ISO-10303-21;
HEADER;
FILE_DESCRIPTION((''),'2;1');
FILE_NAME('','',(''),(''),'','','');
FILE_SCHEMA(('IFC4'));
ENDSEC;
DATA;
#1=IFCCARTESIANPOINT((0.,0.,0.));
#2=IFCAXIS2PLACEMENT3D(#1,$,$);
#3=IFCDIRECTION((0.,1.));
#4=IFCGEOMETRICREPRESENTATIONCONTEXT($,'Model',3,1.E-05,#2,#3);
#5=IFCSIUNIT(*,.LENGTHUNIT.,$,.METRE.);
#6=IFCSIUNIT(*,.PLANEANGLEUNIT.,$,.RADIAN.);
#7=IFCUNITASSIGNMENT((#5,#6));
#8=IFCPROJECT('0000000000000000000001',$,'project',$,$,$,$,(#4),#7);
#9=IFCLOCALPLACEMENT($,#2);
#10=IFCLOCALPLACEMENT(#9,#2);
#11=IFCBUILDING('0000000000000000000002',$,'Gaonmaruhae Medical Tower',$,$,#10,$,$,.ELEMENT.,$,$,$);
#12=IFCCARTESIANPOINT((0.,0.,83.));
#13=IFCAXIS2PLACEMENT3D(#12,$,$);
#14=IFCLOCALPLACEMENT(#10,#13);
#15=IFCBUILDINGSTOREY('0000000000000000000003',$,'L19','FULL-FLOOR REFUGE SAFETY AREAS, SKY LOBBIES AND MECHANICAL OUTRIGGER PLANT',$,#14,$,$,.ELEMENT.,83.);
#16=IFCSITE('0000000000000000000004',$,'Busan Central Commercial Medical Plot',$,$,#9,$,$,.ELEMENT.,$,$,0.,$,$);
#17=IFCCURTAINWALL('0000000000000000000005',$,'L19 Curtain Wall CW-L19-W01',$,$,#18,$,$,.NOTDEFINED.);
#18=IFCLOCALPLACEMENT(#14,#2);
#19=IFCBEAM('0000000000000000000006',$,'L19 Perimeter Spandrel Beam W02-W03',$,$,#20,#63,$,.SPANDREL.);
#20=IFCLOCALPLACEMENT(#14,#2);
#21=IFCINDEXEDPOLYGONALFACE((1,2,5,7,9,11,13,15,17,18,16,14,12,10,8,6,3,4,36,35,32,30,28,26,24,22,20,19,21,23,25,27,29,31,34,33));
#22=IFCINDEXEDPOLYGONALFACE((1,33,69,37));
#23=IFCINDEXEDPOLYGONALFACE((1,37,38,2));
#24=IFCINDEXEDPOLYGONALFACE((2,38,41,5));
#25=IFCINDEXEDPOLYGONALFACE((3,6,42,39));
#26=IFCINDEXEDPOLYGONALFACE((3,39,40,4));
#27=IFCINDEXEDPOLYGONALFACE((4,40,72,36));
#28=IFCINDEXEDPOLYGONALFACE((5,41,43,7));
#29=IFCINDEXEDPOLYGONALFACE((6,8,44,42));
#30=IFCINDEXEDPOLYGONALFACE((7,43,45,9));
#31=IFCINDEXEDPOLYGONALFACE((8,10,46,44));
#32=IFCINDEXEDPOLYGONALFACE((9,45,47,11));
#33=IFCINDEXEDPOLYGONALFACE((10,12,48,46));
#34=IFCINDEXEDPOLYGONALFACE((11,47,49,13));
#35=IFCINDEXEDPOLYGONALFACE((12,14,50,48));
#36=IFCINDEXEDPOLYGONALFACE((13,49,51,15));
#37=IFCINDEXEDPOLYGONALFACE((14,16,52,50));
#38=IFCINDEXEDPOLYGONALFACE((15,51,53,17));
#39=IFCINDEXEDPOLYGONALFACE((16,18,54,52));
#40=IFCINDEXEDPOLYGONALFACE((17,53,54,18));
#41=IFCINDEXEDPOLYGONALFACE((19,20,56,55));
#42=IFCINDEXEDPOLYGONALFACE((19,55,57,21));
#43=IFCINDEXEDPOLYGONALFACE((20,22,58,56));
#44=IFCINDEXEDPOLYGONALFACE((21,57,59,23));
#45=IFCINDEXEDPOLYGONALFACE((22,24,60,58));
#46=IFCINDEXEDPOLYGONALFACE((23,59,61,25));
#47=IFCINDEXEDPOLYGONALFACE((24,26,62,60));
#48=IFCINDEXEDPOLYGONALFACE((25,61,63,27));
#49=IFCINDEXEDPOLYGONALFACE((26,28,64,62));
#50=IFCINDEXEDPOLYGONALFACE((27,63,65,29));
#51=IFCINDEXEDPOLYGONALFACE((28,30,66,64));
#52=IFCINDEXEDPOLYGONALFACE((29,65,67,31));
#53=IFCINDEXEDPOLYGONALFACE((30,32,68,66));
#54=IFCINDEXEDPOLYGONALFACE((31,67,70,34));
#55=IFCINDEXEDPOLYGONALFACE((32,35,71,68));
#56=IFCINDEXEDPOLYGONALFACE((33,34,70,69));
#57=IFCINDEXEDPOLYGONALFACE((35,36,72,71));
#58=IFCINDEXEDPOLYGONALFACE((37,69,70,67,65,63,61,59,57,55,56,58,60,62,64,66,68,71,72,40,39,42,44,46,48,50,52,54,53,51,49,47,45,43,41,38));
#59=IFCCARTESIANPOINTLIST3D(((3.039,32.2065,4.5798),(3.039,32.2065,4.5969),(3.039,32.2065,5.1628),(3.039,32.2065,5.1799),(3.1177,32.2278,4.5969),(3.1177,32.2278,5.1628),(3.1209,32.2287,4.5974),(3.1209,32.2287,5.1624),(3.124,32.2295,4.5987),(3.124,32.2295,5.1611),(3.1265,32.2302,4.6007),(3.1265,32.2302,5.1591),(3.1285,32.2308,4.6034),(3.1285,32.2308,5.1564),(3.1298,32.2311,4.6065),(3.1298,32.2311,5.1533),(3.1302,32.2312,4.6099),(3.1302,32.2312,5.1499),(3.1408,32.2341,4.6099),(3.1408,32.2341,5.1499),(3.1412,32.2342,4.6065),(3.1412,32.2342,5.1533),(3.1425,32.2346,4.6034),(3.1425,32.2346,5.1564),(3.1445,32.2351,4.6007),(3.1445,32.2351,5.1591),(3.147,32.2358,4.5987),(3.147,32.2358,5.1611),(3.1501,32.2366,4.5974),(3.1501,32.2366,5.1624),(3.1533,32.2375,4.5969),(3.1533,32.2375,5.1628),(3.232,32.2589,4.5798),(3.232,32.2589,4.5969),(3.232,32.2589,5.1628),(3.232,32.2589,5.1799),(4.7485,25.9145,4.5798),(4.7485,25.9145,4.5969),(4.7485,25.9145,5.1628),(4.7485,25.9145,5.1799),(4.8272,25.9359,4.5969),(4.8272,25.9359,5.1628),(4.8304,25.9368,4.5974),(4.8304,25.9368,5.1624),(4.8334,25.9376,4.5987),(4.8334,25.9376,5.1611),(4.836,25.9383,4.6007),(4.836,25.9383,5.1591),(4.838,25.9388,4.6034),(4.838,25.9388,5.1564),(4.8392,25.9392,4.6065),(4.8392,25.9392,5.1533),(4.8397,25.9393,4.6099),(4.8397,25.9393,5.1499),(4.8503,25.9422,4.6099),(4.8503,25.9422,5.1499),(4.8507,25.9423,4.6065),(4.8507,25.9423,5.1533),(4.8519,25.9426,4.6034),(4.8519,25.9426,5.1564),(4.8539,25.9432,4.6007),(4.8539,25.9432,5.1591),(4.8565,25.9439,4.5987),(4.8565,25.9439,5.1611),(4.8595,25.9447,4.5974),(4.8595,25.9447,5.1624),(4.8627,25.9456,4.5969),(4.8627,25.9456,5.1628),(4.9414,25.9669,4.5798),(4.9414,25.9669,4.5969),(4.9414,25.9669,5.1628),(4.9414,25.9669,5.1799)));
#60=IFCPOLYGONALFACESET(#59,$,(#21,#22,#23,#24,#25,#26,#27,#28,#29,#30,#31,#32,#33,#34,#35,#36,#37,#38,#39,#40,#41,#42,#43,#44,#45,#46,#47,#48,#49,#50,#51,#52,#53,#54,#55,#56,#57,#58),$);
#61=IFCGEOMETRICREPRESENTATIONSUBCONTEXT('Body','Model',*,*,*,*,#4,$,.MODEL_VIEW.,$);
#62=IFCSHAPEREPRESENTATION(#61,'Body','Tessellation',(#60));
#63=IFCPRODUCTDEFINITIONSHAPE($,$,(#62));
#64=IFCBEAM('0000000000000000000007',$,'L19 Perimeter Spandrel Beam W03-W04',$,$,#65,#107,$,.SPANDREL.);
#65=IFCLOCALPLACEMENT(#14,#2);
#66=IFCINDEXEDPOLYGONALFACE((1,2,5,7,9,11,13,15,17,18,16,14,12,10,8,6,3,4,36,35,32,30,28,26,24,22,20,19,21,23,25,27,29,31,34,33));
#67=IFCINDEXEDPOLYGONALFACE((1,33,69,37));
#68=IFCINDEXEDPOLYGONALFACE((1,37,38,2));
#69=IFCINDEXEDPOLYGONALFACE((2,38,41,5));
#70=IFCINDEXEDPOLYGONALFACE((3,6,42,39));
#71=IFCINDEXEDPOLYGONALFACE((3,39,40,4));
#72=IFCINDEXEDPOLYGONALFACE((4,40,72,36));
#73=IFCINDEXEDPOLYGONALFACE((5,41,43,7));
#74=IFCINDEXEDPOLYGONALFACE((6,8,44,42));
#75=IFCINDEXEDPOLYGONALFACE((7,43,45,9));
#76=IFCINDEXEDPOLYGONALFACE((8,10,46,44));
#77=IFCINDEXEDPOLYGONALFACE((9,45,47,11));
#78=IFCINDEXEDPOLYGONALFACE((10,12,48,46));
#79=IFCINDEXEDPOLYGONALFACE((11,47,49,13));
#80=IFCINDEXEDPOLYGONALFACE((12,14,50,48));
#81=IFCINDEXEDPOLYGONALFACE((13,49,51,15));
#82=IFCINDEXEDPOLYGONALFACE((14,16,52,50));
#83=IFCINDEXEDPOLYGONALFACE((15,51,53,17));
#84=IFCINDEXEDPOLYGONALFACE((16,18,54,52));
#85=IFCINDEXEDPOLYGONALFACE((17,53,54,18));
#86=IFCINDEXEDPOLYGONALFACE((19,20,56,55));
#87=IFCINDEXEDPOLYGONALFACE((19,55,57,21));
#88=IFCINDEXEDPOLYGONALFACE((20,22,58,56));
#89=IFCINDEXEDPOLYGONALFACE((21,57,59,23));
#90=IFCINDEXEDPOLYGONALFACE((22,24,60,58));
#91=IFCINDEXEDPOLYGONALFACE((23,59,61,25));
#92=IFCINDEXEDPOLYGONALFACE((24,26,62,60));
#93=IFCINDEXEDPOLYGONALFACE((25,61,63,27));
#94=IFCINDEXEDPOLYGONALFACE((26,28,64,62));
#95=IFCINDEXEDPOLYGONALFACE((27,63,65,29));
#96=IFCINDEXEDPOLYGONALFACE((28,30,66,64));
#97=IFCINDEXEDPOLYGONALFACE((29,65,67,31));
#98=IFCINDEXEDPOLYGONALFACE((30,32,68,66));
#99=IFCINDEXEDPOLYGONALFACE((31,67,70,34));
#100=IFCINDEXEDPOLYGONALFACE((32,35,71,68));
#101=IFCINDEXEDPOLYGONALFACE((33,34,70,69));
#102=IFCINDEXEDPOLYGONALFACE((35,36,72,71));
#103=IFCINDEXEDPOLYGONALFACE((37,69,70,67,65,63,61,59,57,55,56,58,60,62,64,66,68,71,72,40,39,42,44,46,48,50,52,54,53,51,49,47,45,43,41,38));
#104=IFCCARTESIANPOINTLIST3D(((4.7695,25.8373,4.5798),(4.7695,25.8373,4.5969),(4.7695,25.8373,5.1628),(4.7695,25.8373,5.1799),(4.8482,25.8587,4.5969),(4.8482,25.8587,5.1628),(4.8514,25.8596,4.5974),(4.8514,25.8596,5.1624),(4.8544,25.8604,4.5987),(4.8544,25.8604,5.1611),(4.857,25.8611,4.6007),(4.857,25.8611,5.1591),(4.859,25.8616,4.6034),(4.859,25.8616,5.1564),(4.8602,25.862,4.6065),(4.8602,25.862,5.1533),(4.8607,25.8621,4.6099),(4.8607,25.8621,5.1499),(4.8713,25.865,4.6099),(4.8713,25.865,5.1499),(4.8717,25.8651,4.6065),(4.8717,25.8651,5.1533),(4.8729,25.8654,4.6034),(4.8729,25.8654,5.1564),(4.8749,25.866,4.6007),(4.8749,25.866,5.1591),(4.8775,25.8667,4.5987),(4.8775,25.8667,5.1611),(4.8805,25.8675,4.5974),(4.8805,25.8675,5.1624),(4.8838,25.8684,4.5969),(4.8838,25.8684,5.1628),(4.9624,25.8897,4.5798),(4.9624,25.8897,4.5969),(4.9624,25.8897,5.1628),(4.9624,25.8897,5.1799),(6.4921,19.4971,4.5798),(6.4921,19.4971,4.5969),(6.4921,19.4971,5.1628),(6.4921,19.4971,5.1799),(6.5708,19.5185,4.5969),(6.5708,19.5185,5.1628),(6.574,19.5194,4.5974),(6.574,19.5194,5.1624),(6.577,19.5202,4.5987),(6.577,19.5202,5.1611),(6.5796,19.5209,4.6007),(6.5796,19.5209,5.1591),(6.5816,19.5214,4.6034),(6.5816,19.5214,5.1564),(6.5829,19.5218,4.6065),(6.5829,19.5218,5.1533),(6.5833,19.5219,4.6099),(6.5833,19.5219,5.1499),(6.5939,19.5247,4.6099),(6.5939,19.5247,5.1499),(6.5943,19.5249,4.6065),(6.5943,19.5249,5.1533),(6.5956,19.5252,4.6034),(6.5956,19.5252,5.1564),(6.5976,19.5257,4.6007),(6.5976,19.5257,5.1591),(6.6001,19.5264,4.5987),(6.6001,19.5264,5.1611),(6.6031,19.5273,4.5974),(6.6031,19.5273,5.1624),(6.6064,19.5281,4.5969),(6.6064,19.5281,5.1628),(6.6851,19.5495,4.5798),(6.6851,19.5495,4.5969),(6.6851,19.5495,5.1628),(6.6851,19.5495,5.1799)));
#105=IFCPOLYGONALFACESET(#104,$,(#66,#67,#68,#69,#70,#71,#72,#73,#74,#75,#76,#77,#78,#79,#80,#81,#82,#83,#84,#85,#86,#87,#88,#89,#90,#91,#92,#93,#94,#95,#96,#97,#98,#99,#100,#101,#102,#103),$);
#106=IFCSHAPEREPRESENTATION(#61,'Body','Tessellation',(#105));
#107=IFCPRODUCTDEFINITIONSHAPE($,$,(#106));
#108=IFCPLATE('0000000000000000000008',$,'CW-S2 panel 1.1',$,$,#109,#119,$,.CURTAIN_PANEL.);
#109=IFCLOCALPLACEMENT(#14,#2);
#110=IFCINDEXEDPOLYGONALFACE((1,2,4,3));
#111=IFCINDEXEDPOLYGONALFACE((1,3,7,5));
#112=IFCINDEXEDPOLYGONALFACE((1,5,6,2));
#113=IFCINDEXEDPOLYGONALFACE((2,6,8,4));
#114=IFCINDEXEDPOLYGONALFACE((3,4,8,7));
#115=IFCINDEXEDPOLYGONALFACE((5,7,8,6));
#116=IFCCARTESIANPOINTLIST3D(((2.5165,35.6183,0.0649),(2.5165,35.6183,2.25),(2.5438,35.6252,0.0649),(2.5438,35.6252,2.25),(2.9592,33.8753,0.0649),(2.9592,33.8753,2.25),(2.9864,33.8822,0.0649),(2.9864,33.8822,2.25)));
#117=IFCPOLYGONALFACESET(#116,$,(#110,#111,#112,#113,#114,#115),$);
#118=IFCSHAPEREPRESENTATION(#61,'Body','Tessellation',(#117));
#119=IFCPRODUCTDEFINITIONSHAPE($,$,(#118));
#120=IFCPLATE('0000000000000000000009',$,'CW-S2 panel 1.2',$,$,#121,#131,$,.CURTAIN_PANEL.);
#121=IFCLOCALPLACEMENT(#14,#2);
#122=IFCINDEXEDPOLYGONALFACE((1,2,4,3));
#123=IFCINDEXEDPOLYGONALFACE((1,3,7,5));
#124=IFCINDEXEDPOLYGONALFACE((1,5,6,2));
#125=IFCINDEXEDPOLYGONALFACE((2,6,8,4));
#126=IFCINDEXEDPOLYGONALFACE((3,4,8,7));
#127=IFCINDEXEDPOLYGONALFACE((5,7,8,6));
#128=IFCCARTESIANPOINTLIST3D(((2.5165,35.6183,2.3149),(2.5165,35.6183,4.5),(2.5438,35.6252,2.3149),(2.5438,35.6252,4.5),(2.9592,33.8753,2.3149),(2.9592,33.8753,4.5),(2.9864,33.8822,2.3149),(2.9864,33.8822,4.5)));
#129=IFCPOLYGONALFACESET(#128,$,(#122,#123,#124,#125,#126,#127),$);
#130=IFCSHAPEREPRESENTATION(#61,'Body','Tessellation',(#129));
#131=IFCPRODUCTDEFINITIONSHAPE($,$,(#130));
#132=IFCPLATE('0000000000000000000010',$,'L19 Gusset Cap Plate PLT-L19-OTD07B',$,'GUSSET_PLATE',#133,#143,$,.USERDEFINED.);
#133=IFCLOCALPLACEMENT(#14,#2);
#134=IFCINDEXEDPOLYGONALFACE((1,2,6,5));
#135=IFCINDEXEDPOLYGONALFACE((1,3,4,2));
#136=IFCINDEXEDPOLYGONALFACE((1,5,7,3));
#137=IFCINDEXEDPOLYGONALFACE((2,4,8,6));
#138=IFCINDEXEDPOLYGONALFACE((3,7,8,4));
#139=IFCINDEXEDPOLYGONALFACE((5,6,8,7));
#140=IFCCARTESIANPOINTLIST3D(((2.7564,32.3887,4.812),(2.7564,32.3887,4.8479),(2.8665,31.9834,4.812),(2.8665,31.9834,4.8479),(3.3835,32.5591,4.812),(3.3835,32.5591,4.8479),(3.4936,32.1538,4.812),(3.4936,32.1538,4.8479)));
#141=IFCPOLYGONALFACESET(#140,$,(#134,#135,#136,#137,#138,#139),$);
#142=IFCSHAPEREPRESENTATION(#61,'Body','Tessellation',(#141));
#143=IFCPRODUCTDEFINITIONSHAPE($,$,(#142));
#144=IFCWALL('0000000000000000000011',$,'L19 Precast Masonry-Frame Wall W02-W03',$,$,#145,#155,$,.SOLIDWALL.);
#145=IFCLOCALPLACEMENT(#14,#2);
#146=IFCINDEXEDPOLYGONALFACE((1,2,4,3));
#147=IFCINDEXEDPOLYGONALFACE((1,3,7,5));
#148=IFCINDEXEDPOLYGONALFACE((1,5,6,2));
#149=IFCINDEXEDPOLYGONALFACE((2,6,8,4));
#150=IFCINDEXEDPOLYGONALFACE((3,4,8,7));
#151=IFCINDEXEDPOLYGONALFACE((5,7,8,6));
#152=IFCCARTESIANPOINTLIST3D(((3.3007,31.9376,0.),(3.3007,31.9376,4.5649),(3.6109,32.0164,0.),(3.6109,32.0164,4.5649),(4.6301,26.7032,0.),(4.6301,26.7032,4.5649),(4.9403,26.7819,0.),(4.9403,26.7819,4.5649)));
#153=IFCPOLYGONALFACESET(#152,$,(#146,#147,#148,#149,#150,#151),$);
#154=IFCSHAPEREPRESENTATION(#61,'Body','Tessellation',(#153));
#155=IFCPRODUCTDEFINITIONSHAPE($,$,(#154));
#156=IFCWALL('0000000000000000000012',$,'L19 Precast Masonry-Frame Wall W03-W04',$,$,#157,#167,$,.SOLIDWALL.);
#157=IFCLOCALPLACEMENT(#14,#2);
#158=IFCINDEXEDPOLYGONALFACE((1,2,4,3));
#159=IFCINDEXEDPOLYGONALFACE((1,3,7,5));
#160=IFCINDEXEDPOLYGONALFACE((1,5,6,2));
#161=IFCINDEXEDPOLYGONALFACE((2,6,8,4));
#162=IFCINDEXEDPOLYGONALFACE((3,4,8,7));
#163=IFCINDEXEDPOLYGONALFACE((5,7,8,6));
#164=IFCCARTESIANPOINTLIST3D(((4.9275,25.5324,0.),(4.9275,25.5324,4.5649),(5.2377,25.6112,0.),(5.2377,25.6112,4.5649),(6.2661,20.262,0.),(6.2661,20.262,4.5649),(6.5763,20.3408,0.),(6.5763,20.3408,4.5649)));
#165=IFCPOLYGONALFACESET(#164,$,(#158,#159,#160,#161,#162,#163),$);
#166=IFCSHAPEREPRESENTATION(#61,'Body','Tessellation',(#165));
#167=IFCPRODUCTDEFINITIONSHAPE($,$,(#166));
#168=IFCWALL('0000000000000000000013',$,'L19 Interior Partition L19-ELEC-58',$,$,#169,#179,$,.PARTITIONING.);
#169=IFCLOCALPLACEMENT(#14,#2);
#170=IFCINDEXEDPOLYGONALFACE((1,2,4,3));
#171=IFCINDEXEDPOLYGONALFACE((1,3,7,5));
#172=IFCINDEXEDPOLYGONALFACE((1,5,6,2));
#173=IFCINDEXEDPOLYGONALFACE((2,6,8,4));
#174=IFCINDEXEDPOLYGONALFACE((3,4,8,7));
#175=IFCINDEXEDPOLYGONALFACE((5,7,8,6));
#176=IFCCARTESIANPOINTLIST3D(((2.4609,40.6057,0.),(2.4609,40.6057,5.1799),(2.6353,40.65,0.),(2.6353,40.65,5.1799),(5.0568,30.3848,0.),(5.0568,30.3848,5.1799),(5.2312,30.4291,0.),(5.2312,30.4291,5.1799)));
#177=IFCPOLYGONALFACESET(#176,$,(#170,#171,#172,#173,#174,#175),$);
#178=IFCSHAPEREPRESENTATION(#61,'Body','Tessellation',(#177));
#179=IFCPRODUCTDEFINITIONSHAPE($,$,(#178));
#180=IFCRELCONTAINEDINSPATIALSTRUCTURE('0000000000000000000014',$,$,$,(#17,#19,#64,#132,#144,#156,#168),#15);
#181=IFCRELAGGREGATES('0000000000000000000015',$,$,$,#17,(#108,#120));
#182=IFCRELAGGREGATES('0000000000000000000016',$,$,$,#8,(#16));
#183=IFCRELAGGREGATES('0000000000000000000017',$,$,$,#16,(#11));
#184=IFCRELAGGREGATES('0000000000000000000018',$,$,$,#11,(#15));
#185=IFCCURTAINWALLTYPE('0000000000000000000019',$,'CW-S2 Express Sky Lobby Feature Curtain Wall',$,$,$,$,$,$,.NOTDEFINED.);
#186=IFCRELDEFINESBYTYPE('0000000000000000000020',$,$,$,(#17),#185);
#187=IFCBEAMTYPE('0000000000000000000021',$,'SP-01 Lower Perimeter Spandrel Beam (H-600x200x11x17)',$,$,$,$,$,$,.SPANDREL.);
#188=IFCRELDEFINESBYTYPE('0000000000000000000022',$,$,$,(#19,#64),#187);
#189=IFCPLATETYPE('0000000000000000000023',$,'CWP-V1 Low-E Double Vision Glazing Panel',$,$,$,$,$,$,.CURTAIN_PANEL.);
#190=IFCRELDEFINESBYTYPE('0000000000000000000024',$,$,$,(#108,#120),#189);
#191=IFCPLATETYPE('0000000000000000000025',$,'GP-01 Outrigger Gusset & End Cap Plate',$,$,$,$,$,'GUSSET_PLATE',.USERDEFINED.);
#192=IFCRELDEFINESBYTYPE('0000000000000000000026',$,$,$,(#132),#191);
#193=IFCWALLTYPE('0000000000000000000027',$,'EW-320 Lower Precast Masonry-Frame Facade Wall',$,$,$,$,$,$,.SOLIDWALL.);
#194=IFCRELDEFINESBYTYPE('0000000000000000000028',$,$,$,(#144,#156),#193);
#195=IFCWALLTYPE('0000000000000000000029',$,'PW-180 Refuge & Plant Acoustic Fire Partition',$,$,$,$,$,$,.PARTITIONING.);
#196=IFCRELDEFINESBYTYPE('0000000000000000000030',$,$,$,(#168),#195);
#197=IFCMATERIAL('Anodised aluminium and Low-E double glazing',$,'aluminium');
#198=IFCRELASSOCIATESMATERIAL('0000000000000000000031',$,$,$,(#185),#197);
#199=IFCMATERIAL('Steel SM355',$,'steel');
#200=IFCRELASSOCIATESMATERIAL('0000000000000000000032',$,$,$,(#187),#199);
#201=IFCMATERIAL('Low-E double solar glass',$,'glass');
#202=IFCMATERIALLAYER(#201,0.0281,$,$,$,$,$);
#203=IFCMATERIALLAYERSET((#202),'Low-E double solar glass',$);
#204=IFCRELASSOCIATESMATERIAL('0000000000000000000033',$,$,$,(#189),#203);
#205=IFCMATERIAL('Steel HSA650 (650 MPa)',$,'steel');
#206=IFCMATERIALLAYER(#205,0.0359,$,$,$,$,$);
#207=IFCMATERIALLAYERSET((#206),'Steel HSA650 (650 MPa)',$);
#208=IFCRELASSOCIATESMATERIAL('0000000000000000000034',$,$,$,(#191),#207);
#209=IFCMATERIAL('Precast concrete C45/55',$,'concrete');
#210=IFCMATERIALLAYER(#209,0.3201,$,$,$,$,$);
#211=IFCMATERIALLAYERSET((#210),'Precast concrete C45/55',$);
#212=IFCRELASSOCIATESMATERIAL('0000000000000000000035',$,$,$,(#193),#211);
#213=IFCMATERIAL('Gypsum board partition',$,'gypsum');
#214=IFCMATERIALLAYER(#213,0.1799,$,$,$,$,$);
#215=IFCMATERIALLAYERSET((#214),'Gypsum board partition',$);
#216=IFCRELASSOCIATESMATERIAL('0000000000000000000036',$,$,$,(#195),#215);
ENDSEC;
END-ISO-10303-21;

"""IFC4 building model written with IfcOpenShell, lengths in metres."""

from ifc_helpers import new_model, si_unit, direction, frame, frame_2d, origin, origin_2d, place, context, subcontext, project, spatial, rectangle, i_section, extrude, material, layer, layer_set, material_profile, profile_set, type_object, element, aggregate, save


model = new_model("IFC4")

# Units and contexts
model_context = context("Model", 3, precision=1e-05, world=origin(), true_north=direction((0.0, 1.0)))
body_context = subcontext(model_context, "Body", "Model", "MODEL_VIEW")
ifc_project = project(units=[si_unit("LENGTHUNIT", "METRE"), si_unit("PLANEANGLEUNIT", "RADIAN")], contexts=[model_context])

# Site, building, storey
site_placement = place(None, origin())
site = spatial("IfcSite", under=ifc_project, at=site_placement, Name="Busan Central Commercial Medical Plot", CompositionType="ELEMENT", RefElevation=0.0)
building_placement = place(site_placement, origin())
building = spatial("IfcBuilding", under=site, at=building_placement, Name="Gaonmaruhae Medical Tower", CompositionType="ELEMENT")
storey_placement = place(building_placement, frame((0.0, 0.0, 83.0)))
storey = spatial("IfcBuildingStorey", under=building, at=storey_placement, Name="L19", Description="FULL-FLOOR REFUGE SAFETY AREAS, SKY LOBBIES AND MECHANICAL OUTRIGGER PLANT", CompositionType="ELEMENT", Elevation=83.0)

# Curtain wall
ifc_material_1 = material(Name="Anodised aluminium and Low-E double glazing", Category="aluminium")
curtain_wall_type = type_object("IfcCurtainWallType", Name="CW-S2 Express Sky Lobby Feature Curtain Wall", PredefinedType="NOTDEFINED", material=ifc_material_1)
curtain_wall_placement = place(storey_placement, origin())
curtain_wall = element("IfcCurtainWall", 1, at=curtain_wall_placement, inside=storey, type_object=curtain_wall_type, Name="L19 Curtain Wall CW-L19-W01", PredefinedType="NOTDEFINED")

# Beams
ifc_material_2 = material(Name="Steel SM355", Category="steel")
ifc_material_profile_1 = material_profile(ifc_material_2, i_section(OverallWidth=0.2, OverallDepth=0.6001, WebThickness=0.011, FlangeThickness=0.0171, FilletRadius=0.0129, at=origin_2d()), Name="H-600x200x11x17")
ifc_profile_set_1 = profile_set([ifc_material_profile_1], Name="Steel SM355")
beam_type = type_object("IfcBeamType", Name="SP-01 Lower Perimeter Spandrel Beam (H-600x200x11x17)", PredefinedType="SPANDREL", material=ifc_profile_set_1)
beam_1_placement = place(storey_placement, frame((3.1355, 32.2327, 4.8799), z_axis=(0.262186, -0.965017, 0.0), x_axis=(0.965017, 0.262186, 0.0)))
element("IfcBeam", 2, at=beam_1_placement, inside=storey, type_object=beam_type, Name="L19 Perimeter Spandrel Beam W02-W03", PredefinedType="SPANDREL", context=body_context, shape_type="SweptSolid", body=[
    extrude(i_section(OverallWidth=0.2, OverallDepth=0.6001, WebThickness=0.011, FlangeThickness=0.0171, FilletRadius=0.0129, at=origin_2d()), origin(), (0.0, 0.0, 1.0), 6.52),
])
beam_2_placement = place(storey_placement, frame((4.866, 25.8635, 4.8799), z_axis=(0.262193, -0.965015, 0.0), x_axis=(0.965015, 0.262193, 0.0)))
element("IfcBeam", 3, at=beam_2_placement, inside=storey, type_object=beam_type, Name="L19 Perimeter Spandrel Beam W03-W04", PredefinedType="SPANDREL", context=body_context, shape_type="SweptSolid", body=[
    extrude(i_section(OverallWidth=0.2, OverallDepth=0.6001, WebThickness=0.011, FlangeThickness=0.0171, FilletRadius=0.0129, at=origin_2d()), origin(), (0.0, 0.0, 1.0), 6.5701),
])

# Plates
ifc_material_3 = material(Name="Low-E double solar glass", Category="glass")
ifc_layer_1 = layer(ifc_material_3, 0.0281)
ifc_layer_set_1 = layer_set([ifc_layer_1], Name="Low-E double solar glass")
plate_type_1 = type_object("IfcPlateType", Name="CWP-V1 Low-E Double Vision Glazing Panel", PredefinedType="CURTAIN_PANEL", material=ifc_layer_set_1)
plate_1_placement = place(storey_placement, frame((2.7515, 34.7502, 0.0649), z_axis=(0.0, 0.0, 1.0), x_axis=(-0.246136, 0.969235, 0.0)))
plate_1 = element("IfcPlate", 4, at=plate_1_placement, type_object=plate_type_1, Name="CW-S2 panel 1.1", PredefinedType="CURTAIN_PANEL", context=body_context, shape_type="SweptSolid", body=[
    extrude(rectangle(XDim=1.7983, YDim=0.0281, at=origin_2d()), origin(), (0.0, 0.0, 1.0), 2.1851),
])
plate_2_placement = place(storey_placement, frame((2.7515, 34.7502, 2.3149), z_axis=(0.0, 0.0, 1.0), x_axis=(-0.246136, 0.969235, 0.0)))
plate_2 = element("IfcPlate", 5, at=plate_2_placement, type_object=plate_type_1, Name="CW-S2 panel 1.2", PredefinedType="CURTAIN_PANEL", context=body_context, shape_type="SweptSolid", body=[
    extrude(rectangle(XDim=1.7983, YDim=0.0281, at=origin_2d()), origin(), (0.0, 0.0, 1.0), 2.1851),
])
aggregate(curtain_wall, [plate_1, plate_2])
ifc_material_4 = material(Name="Steel HSA650 (650 MPa)", Category="steel")
ifc_layer_2 = layer(ifc_material_4, 0.0359)
ifc_layer_set_2 = layer_set([ifc_layer_2], Name="Steel HSA650 (650 MPa)")
plate_type_2 = type_object("IfcPlateType", Name="GP-01 Outrigger Gusset & End Cap Plate", ElementType="GUSSET_PLATE", PredefinedType="USERDEFINED", material=ifc_layer_set_2)
plate_3_placement = place(storey_placement, frame((3.125, 32.2712, 4.812), z_axis=(0.0, 0.0, 1.0), x_axis=(0.965016, 0.262189, 0.0)))
element("IfcPlate", 6, at=plate_3_placement, inside=storey, type_object=plate_type_2, Name="L19 Gusset Cap Plate PLT-L19-OTD07B", ObjectType="GUSSET_PLATE", PredefinedType="USERDEFINED", context=body_context, shape_type="SweptSolid", body=[
    extrude(rectangle(XDim=0.6499, YDim=0.4199, at=origin_2d()), origin(), (0.0, 0.0, 1.0), 0.0359),
])

# Walls
ifc_material_5 = material(Name="Precast concrete C45/55", Category="concrete")
ifc_layer_3 = layer(ifc_material_5, 0.3201)
ifc_layer_set_3 = layer_set([ifc_layer_3], Name="Precast concrete C45/55")
wall_type_1 = type_object("IfcWallType", Name="EW-320 Lower Precast Masonry-Frame Facade Wall", PredefinedType="SOLIDWALL", material=ifc_layer_set_3)
wall_1_placement = place(storey_placement, frame((4.7852, 26.7427, 0.0), z_axis=(0.0, 0.0, 1.0), x_axis=(-0.24615, 0.969232, 0.0)))
element("IfcWall", 7, at=wall_1_placement, inside=storey, type_object=wall_type_1, Name="L19 Precast Masonry-Frame Wall W02-W03", PredefinedType="SOLIDWALL", context=body_context, shape_type="SweptSolid", body=[
    extrude(rectangle(XDim=5.4006, YDim=0.3201, at=frame_2d((2.7002, 0.0))), origin(), (0.0, 0.0, 1.0), 4.5649),
])
wall_2_placement = place(storey_placement, frame((6.4211, 20.3015, 0.0), z_axis=(0.0, 0.0, 1.0), x_axis=(-0.246168, 0.969227, 0.0)))
element("IfcWall", 8, at=wall_2_placement, inside=storey, type_object=wall_type_1, Name="L19 Precast Masonry-Frame Wall W03-W04", PredefinedType="SOLIDWALL", context=body_context, shape_type="SweptSolid", body=[
    extrude(rectangle(XDim=5.4377, YDim=0.3201, at=frame_2d((2.7188, 0.0))), origin(), (0.0, 0.0, 1.0), 4.5649),
])
ifc_material_6 = material(Name="Gypsum board partition", Category="gypsum")
ifc_layer_4 = layer(ifc_material_6, 0.1799)
ifc_layer_set_4 = layer_set([ifc_layer_4], Name="Gypsum board partition")
wall_type_2 = type_object("IfcWallType", Name="PW-180 Refuge & Plant Acoustic Fire Partition", PredefinedType="PARTITIONING", material=ifc_layer_set_4)
wall_3_placement = place(storey_placement, frame((5.144, 30.407, 0.0), z_axis=(0.0, 0.0, 1.0), x_axis=(-0.246167, 0.969227, 0.0)))
element("IfcWall", 9, at=wall_3_placement, inside=storey, type_object=wall_type_2, Name="L19 Interior Partition L19-ELEC-58", PredefinedType="PARTITIONING", context=body_context, shape_type="SweptSolid", body=[
    extrude(rectangle(XDim=10.5454, YDim=0.1799, at=frame_2d((5.2727, 0.0))), origin(), (0.0, 0.0, 1.0), 5.1799),
])

save(model, "model.ifc")
